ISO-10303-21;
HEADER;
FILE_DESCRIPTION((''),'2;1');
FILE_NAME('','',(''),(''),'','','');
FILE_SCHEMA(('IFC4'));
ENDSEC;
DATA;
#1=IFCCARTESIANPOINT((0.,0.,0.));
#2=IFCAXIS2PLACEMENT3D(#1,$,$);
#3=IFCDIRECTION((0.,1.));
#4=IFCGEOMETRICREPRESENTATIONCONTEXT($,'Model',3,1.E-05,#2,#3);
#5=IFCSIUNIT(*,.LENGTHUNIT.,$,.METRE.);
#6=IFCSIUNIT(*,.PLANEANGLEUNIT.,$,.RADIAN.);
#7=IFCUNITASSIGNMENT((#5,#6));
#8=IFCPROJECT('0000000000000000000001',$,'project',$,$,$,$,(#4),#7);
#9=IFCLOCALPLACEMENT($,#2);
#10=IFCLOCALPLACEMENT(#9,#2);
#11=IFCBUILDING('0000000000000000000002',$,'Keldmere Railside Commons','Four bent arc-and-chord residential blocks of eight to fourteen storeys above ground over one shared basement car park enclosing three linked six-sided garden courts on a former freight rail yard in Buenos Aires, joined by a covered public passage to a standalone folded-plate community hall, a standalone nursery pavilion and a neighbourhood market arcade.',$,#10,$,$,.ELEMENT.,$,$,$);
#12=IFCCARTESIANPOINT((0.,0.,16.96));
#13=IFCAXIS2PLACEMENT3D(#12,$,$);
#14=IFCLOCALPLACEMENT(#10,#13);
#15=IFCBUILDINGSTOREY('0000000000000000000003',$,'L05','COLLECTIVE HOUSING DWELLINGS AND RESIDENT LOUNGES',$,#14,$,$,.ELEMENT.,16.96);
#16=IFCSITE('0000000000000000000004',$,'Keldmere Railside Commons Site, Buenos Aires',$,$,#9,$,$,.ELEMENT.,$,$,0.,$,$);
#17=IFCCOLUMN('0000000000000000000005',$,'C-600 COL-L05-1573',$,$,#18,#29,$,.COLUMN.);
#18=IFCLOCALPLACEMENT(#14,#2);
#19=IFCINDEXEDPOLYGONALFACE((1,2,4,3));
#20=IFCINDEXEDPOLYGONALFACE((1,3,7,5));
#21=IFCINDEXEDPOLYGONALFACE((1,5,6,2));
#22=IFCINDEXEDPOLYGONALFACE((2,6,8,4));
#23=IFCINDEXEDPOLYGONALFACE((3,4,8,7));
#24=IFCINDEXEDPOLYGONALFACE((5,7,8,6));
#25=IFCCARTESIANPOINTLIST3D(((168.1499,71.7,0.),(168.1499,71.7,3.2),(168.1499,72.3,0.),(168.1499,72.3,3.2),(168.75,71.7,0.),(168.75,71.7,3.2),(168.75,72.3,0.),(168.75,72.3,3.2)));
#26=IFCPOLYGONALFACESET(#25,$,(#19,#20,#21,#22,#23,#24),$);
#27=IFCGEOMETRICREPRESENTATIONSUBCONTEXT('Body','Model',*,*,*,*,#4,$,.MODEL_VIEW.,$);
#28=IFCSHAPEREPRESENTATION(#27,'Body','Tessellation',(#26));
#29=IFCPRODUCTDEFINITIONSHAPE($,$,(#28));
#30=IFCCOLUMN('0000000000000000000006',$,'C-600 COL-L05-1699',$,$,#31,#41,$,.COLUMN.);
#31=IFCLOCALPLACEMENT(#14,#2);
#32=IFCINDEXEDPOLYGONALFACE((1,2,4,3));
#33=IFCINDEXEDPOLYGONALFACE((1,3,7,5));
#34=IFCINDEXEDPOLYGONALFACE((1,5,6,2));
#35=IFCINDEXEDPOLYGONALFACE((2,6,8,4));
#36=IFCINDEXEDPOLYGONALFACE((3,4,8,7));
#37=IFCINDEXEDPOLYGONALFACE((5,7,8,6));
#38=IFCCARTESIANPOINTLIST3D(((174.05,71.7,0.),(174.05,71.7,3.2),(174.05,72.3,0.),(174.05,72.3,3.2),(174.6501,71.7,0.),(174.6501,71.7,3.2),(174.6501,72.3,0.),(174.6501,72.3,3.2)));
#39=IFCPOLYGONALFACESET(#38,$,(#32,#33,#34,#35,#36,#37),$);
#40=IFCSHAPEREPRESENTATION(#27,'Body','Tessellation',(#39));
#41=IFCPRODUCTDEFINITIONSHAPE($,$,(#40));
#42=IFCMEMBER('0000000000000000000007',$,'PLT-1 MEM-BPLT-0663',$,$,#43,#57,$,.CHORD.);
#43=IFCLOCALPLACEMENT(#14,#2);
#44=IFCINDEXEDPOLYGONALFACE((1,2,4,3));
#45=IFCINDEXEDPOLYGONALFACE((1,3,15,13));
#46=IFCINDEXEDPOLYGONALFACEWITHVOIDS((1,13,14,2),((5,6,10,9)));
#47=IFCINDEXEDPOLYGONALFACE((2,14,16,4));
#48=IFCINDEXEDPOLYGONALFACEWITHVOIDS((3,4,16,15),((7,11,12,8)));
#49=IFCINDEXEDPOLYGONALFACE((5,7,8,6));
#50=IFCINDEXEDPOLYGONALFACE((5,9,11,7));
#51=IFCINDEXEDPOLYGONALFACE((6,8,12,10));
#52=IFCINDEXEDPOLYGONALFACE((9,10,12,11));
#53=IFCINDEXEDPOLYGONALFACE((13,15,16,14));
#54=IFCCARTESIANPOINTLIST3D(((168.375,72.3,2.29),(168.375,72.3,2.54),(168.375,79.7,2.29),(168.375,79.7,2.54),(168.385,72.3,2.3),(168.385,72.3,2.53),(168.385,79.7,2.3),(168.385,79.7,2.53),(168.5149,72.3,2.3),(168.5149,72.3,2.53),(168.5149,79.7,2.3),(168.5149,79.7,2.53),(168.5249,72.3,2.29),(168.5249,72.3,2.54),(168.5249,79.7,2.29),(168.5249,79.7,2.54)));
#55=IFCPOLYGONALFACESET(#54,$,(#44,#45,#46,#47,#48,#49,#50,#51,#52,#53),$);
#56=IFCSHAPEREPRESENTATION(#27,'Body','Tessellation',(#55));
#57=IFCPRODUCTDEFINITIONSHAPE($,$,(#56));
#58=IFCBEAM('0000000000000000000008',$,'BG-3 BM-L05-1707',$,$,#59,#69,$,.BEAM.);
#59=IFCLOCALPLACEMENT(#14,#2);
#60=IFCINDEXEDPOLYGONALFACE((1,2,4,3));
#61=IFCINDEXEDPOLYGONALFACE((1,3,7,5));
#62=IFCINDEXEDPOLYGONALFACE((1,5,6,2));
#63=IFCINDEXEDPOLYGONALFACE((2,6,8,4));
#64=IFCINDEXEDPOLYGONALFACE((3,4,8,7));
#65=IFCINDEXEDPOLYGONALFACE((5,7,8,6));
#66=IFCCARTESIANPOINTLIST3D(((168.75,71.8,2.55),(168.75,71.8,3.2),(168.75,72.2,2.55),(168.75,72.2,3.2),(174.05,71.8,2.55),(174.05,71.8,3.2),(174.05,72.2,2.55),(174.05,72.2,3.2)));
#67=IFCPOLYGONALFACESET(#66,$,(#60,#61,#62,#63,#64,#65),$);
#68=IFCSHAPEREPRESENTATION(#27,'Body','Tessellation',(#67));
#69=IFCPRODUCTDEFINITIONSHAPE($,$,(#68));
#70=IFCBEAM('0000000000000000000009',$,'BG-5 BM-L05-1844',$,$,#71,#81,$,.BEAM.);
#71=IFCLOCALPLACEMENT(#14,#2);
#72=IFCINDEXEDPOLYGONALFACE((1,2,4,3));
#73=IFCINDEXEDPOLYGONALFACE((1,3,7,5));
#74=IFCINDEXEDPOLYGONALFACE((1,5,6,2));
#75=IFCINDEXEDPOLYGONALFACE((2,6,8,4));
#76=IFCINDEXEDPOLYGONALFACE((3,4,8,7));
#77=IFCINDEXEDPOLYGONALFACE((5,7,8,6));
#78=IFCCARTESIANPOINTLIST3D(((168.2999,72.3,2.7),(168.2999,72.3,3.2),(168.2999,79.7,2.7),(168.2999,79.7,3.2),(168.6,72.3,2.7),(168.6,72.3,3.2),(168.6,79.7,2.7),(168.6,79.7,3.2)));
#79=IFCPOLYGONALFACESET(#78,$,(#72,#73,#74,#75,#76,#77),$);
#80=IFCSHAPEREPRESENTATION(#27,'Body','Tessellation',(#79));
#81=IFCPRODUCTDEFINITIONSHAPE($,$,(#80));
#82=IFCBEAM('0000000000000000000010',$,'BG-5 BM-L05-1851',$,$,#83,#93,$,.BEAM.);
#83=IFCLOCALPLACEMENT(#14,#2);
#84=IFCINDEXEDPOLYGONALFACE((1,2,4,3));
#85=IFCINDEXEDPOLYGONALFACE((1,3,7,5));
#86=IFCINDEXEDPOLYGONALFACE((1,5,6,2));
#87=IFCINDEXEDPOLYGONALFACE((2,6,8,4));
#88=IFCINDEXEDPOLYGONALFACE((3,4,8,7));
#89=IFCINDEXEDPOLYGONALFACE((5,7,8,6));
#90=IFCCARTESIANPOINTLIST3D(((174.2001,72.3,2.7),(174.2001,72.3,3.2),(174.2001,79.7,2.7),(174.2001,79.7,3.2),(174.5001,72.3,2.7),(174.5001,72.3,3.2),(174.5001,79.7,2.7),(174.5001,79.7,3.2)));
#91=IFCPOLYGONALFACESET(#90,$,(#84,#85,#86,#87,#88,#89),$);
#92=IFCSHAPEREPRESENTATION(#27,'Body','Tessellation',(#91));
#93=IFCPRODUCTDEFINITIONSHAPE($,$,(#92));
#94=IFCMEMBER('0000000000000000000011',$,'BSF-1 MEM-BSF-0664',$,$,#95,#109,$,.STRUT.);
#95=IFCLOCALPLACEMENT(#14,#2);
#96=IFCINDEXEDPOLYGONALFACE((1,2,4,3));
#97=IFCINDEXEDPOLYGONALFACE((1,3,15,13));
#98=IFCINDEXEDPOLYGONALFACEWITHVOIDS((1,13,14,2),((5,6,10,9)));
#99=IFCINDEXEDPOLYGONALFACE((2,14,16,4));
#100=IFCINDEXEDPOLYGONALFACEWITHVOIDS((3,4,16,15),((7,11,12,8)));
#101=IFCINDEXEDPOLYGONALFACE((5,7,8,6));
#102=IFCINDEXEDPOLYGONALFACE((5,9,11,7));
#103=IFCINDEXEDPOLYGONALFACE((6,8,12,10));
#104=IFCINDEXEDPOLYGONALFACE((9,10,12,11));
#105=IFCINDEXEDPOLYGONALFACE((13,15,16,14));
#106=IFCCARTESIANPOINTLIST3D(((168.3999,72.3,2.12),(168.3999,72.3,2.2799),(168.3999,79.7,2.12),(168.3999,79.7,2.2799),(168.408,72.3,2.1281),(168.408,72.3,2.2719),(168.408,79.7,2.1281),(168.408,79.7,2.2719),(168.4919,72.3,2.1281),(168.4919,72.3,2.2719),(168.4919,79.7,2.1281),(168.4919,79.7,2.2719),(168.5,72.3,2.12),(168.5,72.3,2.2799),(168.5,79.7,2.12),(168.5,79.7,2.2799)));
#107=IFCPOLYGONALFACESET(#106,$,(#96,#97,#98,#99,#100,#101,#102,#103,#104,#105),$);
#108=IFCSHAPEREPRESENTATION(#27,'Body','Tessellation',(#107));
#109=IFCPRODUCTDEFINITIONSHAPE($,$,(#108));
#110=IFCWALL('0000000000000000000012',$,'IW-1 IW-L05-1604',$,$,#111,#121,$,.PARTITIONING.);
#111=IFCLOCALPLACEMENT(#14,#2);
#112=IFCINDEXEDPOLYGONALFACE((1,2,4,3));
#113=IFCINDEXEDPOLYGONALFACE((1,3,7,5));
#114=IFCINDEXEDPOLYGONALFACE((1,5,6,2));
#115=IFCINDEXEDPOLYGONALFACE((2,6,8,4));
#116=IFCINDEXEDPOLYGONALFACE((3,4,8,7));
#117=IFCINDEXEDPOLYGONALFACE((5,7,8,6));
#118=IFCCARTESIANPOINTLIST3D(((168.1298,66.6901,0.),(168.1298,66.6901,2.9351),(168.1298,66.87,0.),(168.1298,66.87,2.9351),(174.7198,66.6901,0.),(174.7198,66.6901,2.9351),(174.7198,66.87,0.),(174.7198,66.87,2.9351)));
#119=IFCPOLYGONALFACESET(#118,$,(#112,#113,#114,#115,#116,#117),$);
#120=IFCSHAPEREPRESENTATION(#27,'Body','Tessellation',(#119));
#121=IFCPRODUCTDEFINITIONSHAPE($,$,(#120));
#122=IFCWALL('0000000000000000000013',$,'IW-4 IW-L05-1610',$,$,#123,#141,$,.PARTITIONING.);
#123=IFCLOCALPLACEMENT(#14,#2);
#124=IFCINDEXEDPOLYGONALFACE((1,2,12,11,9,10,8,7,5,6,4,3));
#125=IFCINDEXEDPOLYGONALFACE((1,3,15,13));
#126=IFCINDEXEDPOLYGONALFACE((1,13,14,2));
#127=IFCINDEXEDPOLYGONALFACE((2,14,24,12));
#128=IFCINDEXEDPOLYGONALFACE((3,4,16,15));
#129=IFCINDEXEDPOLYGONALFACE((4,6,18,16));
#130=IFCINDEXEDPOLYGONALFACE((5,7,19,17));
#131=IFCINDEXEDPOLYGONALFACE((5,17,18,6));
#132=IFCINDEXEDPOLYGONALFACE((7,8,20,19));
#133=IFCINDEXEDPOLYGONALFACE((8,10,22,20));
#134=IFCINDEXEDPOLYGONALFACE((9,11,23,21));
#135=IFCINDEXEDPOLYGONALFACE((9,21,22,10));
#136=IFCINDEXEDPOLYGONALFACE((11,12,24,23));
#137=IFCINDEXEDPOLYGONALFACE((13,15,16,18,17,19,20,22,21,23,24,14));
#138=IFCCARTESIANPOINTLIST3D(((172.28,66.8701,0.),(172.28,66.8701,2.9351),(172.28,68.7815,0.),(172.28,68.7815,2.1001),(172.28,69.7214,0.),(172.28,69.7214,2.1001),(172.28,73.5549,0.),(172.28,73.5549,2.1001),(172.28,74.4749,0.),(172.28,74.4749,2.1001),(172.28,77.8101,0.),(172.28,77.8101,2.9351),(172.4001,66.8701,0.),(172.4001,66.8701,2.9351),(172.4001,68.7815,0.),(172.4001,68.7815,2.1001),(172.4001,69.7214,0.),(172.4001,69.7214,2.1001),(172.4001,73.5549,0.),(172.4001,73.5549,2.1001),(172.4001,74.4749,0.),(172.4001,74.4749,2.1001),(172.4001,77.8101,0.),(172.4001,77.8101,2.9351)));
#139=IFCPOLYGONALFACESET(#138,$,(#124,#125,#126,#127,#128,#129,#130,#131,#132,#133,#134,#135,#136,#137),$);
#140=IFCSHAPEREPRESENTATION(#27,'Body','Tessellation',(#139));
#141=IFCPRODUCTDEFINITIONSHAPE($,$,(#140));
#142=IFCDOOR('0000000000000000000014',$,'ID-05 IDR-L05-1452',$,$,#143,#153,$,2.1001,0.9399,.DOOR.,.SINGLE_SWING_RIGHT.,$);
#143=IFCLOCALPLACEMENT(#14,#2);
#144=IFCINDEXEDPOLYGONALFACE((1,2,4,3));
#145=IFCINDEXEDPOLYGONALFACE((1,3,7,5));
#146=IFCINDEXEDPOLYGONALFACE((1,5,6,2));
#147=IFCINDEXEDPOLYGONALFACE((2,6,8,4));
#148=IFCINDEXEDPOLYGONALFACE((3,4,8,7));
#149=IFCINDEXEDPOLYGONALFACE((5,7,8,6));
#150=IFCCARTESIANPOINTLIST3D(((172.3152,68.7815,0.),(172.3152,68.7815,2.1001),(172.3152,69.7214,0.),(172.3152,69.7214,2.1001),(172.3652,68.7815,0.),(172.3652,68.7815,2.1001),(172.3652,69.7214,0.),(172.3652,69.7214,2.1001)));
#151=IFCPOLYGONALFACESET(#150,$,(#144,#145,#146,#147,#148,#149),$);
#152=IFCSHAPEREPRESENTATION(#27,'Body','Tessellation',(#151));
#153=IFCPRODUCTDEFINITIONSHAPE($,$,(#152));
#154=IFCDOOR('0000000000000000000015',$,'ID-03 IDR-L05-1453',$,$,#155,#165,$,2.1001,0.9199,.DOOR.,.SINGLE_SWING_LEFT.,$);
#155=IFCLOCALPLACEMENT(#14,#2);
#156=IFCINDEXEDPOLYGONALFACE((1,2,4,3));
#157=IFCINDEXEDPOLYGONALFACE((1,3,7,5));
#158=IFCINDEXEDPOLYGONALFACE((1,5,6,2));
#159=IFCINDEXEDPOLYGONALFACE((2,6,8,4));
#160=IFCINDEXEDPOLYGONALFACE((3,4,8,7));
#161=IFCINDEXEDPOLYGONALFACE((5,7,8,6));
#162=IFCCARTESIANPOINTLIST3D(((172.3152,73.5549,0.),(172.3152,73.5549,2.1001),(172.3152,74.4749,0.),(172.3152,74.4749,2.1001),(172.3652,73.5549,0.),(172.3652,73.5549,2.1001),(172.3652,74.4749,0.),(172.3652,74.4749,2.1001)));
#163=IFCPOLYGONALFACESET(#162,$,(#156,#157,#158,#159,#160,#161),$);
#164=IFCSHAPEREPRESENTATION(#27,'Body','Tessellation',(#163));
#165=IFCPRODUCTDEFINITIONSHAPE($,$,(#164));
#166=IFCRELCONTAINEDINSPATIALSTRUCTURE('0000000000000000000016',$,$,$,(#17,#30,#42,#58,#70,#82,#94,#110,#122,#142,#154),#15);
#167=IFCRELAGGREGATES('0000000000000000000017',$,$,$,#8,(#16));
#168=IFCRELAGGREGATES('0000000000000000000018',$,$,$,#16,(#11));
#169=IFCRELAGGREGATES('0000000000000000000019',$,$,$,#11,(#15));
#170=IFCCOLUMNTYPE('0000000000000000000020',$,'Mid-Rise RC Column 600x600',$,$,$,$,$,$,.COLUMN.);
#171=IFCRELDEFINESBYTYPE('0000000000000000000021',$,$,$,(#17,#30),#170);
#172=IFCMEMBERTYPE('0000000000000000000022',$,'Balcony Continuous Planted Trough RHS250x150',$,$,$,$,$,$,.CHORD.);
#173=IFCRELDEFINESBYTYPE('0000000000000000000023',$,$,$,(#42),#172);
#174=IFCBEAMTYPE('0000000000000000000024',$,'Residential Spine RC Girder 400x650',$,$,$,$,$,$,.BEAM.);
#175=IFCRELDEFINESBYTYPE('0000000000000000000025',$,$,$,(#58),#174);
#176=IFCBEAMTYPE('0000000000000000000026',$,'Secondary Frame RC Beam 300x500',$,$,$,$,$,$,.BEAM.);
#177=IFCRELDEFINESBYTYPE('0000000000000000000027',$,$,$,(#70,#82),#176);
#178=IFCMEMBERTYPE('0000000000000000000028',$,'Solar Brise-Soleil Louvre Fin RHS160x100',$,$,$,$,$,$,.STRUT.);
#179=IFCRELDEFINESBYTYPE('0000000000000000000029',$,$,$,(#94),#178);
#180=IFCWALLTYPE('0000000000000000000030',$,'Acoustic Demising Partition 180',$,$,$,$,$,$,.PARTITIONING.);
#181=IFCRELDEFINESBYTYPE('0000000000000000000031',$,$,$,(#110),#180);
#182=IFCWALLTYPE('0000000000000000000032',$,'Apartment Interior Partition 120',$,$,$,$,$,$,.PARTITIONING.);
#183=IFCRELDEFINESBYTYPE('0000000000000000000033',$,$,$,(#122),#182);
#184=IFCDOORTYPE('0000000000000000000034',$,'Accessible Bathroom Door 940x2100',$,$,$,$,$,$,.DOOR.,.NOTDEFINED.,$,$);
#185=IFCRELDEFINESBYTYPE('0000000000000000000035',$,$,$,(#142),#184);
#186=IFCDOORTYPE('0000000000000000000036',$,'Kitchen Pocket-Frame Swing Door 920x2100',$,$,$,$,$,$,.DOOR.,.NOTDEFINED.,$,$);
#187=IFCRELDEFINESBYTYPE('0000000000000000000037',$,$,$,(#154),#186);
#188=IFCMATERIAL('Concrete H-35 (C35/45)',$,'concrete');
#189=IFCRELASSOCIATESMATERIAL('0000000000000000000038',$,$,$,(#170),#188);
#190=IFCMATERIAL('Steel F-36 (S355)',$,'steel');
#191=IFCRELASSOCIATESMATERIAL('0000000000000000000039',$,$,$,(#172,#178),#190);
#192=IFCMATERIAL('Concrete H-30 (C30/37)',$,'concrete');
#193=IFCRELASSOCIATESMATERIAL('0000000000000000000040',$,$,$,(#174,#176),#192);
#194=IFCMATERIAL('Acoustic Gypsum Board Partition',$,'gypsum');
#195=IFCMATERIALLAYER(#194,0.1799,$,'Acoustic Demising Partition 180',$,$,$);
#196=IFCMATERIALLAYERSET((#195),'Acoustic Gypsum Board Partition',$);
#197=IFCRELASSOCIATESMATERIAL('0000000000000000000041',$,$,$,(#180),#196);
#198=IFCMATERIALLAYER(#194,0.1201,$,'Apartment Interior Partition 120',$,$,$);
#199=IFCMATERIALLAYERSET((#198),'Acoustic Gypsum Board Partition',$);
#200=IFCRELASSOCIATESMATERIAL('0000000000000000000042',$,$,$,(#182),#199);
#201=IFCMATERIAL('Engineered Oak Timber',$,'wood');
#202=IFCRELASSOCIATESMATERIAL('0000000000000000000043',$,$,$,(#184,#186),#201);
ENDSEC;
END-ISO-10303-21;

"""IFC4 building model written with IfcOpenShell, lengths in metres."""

from ifc_helpers import new_model, si_unit, direction, frame, frame_2d, origin, origin_2d, place, context, subcontext, project, spatial, rectangle, hollow_rectangle, extrude, material, layer, layer_set, material_profile, profile_set, type_object, element, fill, save


model = new_model("IFC4")

# Units and contexts
model_context = context("Model", 3, precision=1e-05, world=origin(), true_north=direction((0.0, 1.0)))
body_context = subcontext(model_context, "Body", "Model", "MODEL_VIEW")
ifc_project = project(units=[si_unit("LENGTHUNIT", "METRE"), si_unit("PLANEANGLEUNIT", "RADIAN")], contexts=[model_context])

# Site, building, storey
site_placement = place(None, origin())
site = spatial("IfcSite", under=ifc_project, at=site_placement, Name="Keldmere Railside Commons Site, Buenos Aires", CompositionType="ELEMENT", RefElevation=0.0)
building_placement = place(site_placement, origin())
building = spatial("IfcBuilding", under=site, at=building_placement, Name="Keldmere Railside Commons", Description="Four bent arc-and-chord residential blocks of eight to fourteen storeys above ground over one shared basement car park enclosing three linked six-sided garden courts on a former freight rail yard in Buenos Aires, joined by a covered public passage to a standalone folded-plate community hall, a standalone nursery pavilion and a neighbourhood market arcade.", CompositionType="ELEMENT")
storey_placement = place(building_placement, frame((0.0, 0.0, 16.96)))
storey = spatial("IfcBuildingStorey", under=building, at=storey_placement, Name="L05", Description="COLLECTIVE HOUSING DWELLINGS AND RESIDENT LOUNGES", CompositionType="ELEMENT", Elevation=16.96)

# Columns
ifc_material_1 = material(Name="Concrete H-35 (C35/45)", Category="concrete")
ifc_material_profile_1 = material_profile(ifc_material_1, rectangle(XDim=0.6001, YDim=0.6001, at=origin_2d()), Name="RC-600x600")
ifc_profile_set_1 = profile_set([ifc_material_profile_1], Name="Concrete H-35 (C35/45)")
column_type = type_object("IfcColumnType", Name="Mid-Rise RC Column 600x600", PredefinedType="COLUMN", material=ifc_profile_set_1)
for number, where, z_axis, x_axis, name in (
    (1, (168.45, 72.0, 0.0), (0.0, 0.0, 1.0), (1.0, 0.0, 0.0), "C-600 COL-L05-1573"),
    (2, (174.3501, 72.0, 0.0), (0.0, 0.0, 1.0), (1.0, 0.0, 0.0), "C-600 COL-L05-1699"),
):
    element("IfcColumn", number, at=place(storey_placement, frame(where, z_axis=z_axis, x_axis=x_axis)), inside=storey, type_object=column_type, Name=name, PredefinedType="COLUMN", context=body_context, shape_type="SweptSolid", body=[
        extrude(rectangle(XDim=0.6001, YDim=0.6001, at=origin_2d()), origin(), (0.0, 0.0, 1.0), 3.2),
    ])

# Member
ifc_material_2 = material(Name="Steel F-36 (S355)", Category="steel")
ifc_material_profile_2 = material_profile(ifc_material_2, hollow_rectangle(XDim=0.1499, YDim=0.25, WallThickness=0.01, at=origin_2d()), Name="RHS-250x150x10")
ifc_profile_set_2 = profile_set([ifc_material_profile_2], Name="Steel F-36 (S355)")
member_type_1 = type_object("IfcMemberType", Name="Balcony Continuous Planted Trough RHS250x150", PredefinedType="CHORD", material=ifc_profile_set_2)
member_1_placement = place(storey_placement, frame((168.45, 72.3, 2.415), z_axis=(0.0, 1.0, 0.0), x_axis=(-1.0, 0.0, 0.0)))
element("IfcMember", 3, at=member_1_placement, inside=storey, type_object=member_type_1, Name="PLT-1 MEM-BPLT-0663", PredefinedType="CHORD", context=body_context, shape_type="SweptSolid", body=[
    extrude(hollow_rectangle(XDim=0.1499, YDim=0.25, WallThickness=0.01, at=origin_2d()), origin(), (0.0, 0.0, 1.0), 7.3999),
])

# Beams
ifc_material_3 = material(Name="Concrete H-30 (C30/37)", Category="concrete")
ifc_material_profile_3 = material_profile(ifc_material_3, rectangle(XDim=0.3999, YDim=0.6499, at=origin_2d()), Name="RC-400x650")
ifc_profile_set_3 = profile_set([ifc_material_profile_3], Name="Concrete H-30 (C30/37)")
beam_type_1 = type_object("IfcBeamType", Name="Residential Spine RC Girder 400x650", PredefinedType="BEAM", material=ifc_profile_set_3)
beam_placement = place(storey_placement, frame((168.75, 72.0, 2.875), z_axis=(1.0, 0.0, 0.0), x_axis=(0.0, 1.0, 0.0)))
element("IfcBeam", 4, at=beam_placement, inside=storey, type_object=beam_type_1, Name="BG-3 BM-L05-1707", PredefinedType="BEAM", context=body_context, shape_type="SweptSolid", body=[
    extrude(rectangle(XDim=0.3999, YDim=0.6499, at=origin_2d()), origin(), (0.0, 0.0, 1.0), 5.3),
])
ifc_material_profile_4 = material_profile(ifc_material_3, rectangle(XDim=0.3, YDim=0.5, at=origin_2d()), Name="RC-300x500")
ifc_profile_set_4 = profile_set([ifc_material_profile_4], Name="Concrete H-30 (C30/37)")
beam_type_2 = type_object("IfcBeamType", Name="Secondary Frame RC Beam 300x500", PredefinedType="BEAM", material=ifc_profile_set_4)
for number, where, z_axis, x_axis, name in (
    (5, (168.45, 72.3, 2.95), (0.0, 1.0, 0.0), (-1.0, 0.0, 0.0), "BG-5 BM-L05-1844"),
    (6, (174.3501, 72.3, 2.95), (0.0, 1.0, 0.0), (-1.0, 0.0, 0.0), "BG-5 BM-L05-1851"),
):
    element("IfcBeam", number, at=place(storey_placement, frame(where, z_axis=z_axis, x_axis=x_axis)), inside=storey, type_object=beam_type_2, Name=name, PredefinedType="BEAM", context=body_context, shape_type="SweptSolid", body=[
        extrude(rectangle(XDim=0.3, YDim=0.5, at=origin_2d()), origin(), (0.0, 0.0, 1.0), 7.3999),
    ])

# Member
ifc_material_profile_5 = material_profile(ifc_material_2, hollow_rectangle(XDim=0.1001, YDim=0.1599, WallThickness=0.0081, at=origin_2d()), Name="RHS-160x100x8")
ifc_profile_set_5 = profile_set([ifc_material_profile_5], Name="Steel F-36 (S355)")
member_type_2 = type_object("IfcMemberType", Name="Solar Brise-Soleil Louvre Fin RHS160x100", PredefinedType="STRUT", material=ifc_profile_set_5)
member_2_placement = place(storey_placement, frame((168.45, 72.3, 2.2), z_axis=(0.0, 1.0, 0.0), x_axis=(-1.0, 0.0, 0.0)))
element("IfcMember", 7, at=member_2_placement, inside=storey, type_object=member_type_2, Name="BSF-1 MEM-BSF-0664", PredefinedType="STRUT", context=body_context, shape_type="SweptSolid", body=[
    extrude(hollow_rectangle(XDim=0.1001, YDim=0.1599, WallThickness=0.0081, at=origin_2d()), origin(), (0.0, 0.0, 1.0), 7.3999),
])

# Wall
ifc_material_4 = material(Name="Acoustic Gypsum Board Partition", Category="gypsum")
ifc_layer_1 = layer(ifc_material_4, 0.1799, Name="Acoustic Demising Partition 180")
ifc_layer_set_1 = layer_set([ifc_layer_1], Name="Acoustic Gypsum Board Partition")
wall_type_1 = type_object("IfcWallType", Name="Acoustic Demising Partition 180", PredefinedType="PARTITIONING", material=ifc_layer_set_1)
wall_1_placement = place(storey_placement, frame((168.1299, 66.78, 0.0), z_axis=(0.0, 0.0, 1.0), x_axis=(1.0, 0.0, 0.0)))
element("IfcWall", 8, at=wall_1_placement, inside=storey, type_object=wall_type_1, Name="IW-1 IW-L05-1604", PredefinedType="PARTITIONING", context=body_context, shape_type="SweptSolid", body=[
    extrude(rectangle(XDim=6.5901, YDim=0.1799, at=frame_2d((3.2949, 0.0))), origin(), (0.0, 0.0, 1.0), 2.9351),
])

# Wall, openings, doors
ifc_layer_2 = layer(ifc_material_4, 0.1201, Name="Apartment Interior Partition 120")
ifc_layer_set_2 = layer_set([ifc_layer_2], Name="Acoustic Gypsum Board Partition")
wall_type_2 = type_object("IfcWallType", Name="Apartment Interior Partition 120", PredefinedType="PARTITIONING", material=ifc_layer_set_2)
wall_2_placement = place(storey_placement, frame((172.3401, 66.8701, 0.0), z_axis=(0.0, 0.0, 1.0), x_axis=(0.0, 1.0, 0.0)))
wall_2 = element("IfcWall", 9, at=wall_2_placement, inside=storey, type_object=wall_type_2, Name="IW-4 IW-L05-1610", PredefinedType="PARTITIONING", context=body_context, shape_type="SweptSolid", body=[
    extrude(rectangle(XDim=10.9399, YDim=0.1201, at=frame_2d((5.47, 0.0))), origin(), (0.0, 0.0, 1.0), 2.9351),
])
opening_1_placement = place(wall_2_placement, frame((1.9114, 0.0, 0.0)))
opening_1 = element("IfcOpeningElement", 10, at=opening_1_placement, cuts=wall_2, PredefinedType="OPENING", context=body_context, shape_type="SweptSolid", body=[
    extrude(rectangle(XDim=0.9399, YDim=2.1001, at=frame_2d((0.47, 1.05))), frame((0.0, 0.0701, 0.0), z_axis=(0.0, -1.0, 0.0), x_axis=(1.0, 0.0, 0.0)), (0.0, 0.0, 1.0), 0.1401),
])
opening_2_placement = place(wall_2_placement, frame((6.6848, 0.0, 0.0)))
opening_2 = element("IfcOpeningElement", 11, at=opening_2_placement, cuts=wall_2, PredefinedType="OPENING", context=body_context, shape_type="SweptSolid", body=[
    extrude(rectangle(XDim=0.9199, YDim=2.1001, at=frame_2d((0.46, 1.05))), frame((0.0, 0.0701, 0.0), z_axis=(0.0, -1.0, 0.0), x_axis=(1.0, 0.0, 0.0)), (0.0, 0.0, 1.0), 0.1401),
])
ifc_material_5 = material(Name="Engineered Oak Timber", Category="wood")
door_type_1 = type_object("IfcDoorType", Name="Accessible Bathroom Door 940x2100", OperationType="NOTDEFINED", PredefinedType="DOOR", material=ifc_material_5)
door_1_placement = place(opening_1_placement, origin())
door_1 = element("IfcDoor", 12, at=door_1_placement, inside=storey, type_object=door_type_1, Name="ID-05 IDR-L05-1452", OperationType="SINGLE_SWING_RIGHT", OverallHeight=2.1001, OverallWidth=0.9399, PredefinedType="DOOR", context=body_context, shape_type="SweptSolid", body=[
    extrude(rectangle(XDim=0.9399, YDim=2.1001, at=frame_2d((0.47, 1.05))), frame((0.0, 0.0249, 0.0), z_axis=(0.0, -1.0, 0.0), x_axis=(1.0, 0.0, 0.0)), (0.0, 0.0, 1.0), 0.05),
])
fill(opening_1, door_1)
door_type_2 = type_object("IfcDoorType", Name="Kitchen Pocket-Frame Swing Door 920x2100", OperationType="NOTDEFINED", PredefinedType="DOOR", material=ifc_material_5)
door_2_placement = place(opening_2_placement, origin())
door_2 = element("IfcDoor", 13, at=door_2_placement, inside=storey, type_object=door_type_2, Name="ID-03 IDR-L05-1453", OperationType="SINGLE_SWING_LEFT", OverallHeight=2.1001, OverallWidth=0.9199, PredefinedType="DOOR", context=body_context, shape_type="SweptSolid", body=[
    extrude(rectangle(XDim=0.9199, YDim=2.1001, at=frame_2d((0.46, 1.05))), frame((0.0, 0.0249, 0.0), z_axis=(0.0, -1.0, 0.0), x_axis=(1.0, 0.0, 0.0)), (0.0, 0.0, 1.0), 0.05),
])
fill(opening_2, door_2)

save(model, "model.ifc")
